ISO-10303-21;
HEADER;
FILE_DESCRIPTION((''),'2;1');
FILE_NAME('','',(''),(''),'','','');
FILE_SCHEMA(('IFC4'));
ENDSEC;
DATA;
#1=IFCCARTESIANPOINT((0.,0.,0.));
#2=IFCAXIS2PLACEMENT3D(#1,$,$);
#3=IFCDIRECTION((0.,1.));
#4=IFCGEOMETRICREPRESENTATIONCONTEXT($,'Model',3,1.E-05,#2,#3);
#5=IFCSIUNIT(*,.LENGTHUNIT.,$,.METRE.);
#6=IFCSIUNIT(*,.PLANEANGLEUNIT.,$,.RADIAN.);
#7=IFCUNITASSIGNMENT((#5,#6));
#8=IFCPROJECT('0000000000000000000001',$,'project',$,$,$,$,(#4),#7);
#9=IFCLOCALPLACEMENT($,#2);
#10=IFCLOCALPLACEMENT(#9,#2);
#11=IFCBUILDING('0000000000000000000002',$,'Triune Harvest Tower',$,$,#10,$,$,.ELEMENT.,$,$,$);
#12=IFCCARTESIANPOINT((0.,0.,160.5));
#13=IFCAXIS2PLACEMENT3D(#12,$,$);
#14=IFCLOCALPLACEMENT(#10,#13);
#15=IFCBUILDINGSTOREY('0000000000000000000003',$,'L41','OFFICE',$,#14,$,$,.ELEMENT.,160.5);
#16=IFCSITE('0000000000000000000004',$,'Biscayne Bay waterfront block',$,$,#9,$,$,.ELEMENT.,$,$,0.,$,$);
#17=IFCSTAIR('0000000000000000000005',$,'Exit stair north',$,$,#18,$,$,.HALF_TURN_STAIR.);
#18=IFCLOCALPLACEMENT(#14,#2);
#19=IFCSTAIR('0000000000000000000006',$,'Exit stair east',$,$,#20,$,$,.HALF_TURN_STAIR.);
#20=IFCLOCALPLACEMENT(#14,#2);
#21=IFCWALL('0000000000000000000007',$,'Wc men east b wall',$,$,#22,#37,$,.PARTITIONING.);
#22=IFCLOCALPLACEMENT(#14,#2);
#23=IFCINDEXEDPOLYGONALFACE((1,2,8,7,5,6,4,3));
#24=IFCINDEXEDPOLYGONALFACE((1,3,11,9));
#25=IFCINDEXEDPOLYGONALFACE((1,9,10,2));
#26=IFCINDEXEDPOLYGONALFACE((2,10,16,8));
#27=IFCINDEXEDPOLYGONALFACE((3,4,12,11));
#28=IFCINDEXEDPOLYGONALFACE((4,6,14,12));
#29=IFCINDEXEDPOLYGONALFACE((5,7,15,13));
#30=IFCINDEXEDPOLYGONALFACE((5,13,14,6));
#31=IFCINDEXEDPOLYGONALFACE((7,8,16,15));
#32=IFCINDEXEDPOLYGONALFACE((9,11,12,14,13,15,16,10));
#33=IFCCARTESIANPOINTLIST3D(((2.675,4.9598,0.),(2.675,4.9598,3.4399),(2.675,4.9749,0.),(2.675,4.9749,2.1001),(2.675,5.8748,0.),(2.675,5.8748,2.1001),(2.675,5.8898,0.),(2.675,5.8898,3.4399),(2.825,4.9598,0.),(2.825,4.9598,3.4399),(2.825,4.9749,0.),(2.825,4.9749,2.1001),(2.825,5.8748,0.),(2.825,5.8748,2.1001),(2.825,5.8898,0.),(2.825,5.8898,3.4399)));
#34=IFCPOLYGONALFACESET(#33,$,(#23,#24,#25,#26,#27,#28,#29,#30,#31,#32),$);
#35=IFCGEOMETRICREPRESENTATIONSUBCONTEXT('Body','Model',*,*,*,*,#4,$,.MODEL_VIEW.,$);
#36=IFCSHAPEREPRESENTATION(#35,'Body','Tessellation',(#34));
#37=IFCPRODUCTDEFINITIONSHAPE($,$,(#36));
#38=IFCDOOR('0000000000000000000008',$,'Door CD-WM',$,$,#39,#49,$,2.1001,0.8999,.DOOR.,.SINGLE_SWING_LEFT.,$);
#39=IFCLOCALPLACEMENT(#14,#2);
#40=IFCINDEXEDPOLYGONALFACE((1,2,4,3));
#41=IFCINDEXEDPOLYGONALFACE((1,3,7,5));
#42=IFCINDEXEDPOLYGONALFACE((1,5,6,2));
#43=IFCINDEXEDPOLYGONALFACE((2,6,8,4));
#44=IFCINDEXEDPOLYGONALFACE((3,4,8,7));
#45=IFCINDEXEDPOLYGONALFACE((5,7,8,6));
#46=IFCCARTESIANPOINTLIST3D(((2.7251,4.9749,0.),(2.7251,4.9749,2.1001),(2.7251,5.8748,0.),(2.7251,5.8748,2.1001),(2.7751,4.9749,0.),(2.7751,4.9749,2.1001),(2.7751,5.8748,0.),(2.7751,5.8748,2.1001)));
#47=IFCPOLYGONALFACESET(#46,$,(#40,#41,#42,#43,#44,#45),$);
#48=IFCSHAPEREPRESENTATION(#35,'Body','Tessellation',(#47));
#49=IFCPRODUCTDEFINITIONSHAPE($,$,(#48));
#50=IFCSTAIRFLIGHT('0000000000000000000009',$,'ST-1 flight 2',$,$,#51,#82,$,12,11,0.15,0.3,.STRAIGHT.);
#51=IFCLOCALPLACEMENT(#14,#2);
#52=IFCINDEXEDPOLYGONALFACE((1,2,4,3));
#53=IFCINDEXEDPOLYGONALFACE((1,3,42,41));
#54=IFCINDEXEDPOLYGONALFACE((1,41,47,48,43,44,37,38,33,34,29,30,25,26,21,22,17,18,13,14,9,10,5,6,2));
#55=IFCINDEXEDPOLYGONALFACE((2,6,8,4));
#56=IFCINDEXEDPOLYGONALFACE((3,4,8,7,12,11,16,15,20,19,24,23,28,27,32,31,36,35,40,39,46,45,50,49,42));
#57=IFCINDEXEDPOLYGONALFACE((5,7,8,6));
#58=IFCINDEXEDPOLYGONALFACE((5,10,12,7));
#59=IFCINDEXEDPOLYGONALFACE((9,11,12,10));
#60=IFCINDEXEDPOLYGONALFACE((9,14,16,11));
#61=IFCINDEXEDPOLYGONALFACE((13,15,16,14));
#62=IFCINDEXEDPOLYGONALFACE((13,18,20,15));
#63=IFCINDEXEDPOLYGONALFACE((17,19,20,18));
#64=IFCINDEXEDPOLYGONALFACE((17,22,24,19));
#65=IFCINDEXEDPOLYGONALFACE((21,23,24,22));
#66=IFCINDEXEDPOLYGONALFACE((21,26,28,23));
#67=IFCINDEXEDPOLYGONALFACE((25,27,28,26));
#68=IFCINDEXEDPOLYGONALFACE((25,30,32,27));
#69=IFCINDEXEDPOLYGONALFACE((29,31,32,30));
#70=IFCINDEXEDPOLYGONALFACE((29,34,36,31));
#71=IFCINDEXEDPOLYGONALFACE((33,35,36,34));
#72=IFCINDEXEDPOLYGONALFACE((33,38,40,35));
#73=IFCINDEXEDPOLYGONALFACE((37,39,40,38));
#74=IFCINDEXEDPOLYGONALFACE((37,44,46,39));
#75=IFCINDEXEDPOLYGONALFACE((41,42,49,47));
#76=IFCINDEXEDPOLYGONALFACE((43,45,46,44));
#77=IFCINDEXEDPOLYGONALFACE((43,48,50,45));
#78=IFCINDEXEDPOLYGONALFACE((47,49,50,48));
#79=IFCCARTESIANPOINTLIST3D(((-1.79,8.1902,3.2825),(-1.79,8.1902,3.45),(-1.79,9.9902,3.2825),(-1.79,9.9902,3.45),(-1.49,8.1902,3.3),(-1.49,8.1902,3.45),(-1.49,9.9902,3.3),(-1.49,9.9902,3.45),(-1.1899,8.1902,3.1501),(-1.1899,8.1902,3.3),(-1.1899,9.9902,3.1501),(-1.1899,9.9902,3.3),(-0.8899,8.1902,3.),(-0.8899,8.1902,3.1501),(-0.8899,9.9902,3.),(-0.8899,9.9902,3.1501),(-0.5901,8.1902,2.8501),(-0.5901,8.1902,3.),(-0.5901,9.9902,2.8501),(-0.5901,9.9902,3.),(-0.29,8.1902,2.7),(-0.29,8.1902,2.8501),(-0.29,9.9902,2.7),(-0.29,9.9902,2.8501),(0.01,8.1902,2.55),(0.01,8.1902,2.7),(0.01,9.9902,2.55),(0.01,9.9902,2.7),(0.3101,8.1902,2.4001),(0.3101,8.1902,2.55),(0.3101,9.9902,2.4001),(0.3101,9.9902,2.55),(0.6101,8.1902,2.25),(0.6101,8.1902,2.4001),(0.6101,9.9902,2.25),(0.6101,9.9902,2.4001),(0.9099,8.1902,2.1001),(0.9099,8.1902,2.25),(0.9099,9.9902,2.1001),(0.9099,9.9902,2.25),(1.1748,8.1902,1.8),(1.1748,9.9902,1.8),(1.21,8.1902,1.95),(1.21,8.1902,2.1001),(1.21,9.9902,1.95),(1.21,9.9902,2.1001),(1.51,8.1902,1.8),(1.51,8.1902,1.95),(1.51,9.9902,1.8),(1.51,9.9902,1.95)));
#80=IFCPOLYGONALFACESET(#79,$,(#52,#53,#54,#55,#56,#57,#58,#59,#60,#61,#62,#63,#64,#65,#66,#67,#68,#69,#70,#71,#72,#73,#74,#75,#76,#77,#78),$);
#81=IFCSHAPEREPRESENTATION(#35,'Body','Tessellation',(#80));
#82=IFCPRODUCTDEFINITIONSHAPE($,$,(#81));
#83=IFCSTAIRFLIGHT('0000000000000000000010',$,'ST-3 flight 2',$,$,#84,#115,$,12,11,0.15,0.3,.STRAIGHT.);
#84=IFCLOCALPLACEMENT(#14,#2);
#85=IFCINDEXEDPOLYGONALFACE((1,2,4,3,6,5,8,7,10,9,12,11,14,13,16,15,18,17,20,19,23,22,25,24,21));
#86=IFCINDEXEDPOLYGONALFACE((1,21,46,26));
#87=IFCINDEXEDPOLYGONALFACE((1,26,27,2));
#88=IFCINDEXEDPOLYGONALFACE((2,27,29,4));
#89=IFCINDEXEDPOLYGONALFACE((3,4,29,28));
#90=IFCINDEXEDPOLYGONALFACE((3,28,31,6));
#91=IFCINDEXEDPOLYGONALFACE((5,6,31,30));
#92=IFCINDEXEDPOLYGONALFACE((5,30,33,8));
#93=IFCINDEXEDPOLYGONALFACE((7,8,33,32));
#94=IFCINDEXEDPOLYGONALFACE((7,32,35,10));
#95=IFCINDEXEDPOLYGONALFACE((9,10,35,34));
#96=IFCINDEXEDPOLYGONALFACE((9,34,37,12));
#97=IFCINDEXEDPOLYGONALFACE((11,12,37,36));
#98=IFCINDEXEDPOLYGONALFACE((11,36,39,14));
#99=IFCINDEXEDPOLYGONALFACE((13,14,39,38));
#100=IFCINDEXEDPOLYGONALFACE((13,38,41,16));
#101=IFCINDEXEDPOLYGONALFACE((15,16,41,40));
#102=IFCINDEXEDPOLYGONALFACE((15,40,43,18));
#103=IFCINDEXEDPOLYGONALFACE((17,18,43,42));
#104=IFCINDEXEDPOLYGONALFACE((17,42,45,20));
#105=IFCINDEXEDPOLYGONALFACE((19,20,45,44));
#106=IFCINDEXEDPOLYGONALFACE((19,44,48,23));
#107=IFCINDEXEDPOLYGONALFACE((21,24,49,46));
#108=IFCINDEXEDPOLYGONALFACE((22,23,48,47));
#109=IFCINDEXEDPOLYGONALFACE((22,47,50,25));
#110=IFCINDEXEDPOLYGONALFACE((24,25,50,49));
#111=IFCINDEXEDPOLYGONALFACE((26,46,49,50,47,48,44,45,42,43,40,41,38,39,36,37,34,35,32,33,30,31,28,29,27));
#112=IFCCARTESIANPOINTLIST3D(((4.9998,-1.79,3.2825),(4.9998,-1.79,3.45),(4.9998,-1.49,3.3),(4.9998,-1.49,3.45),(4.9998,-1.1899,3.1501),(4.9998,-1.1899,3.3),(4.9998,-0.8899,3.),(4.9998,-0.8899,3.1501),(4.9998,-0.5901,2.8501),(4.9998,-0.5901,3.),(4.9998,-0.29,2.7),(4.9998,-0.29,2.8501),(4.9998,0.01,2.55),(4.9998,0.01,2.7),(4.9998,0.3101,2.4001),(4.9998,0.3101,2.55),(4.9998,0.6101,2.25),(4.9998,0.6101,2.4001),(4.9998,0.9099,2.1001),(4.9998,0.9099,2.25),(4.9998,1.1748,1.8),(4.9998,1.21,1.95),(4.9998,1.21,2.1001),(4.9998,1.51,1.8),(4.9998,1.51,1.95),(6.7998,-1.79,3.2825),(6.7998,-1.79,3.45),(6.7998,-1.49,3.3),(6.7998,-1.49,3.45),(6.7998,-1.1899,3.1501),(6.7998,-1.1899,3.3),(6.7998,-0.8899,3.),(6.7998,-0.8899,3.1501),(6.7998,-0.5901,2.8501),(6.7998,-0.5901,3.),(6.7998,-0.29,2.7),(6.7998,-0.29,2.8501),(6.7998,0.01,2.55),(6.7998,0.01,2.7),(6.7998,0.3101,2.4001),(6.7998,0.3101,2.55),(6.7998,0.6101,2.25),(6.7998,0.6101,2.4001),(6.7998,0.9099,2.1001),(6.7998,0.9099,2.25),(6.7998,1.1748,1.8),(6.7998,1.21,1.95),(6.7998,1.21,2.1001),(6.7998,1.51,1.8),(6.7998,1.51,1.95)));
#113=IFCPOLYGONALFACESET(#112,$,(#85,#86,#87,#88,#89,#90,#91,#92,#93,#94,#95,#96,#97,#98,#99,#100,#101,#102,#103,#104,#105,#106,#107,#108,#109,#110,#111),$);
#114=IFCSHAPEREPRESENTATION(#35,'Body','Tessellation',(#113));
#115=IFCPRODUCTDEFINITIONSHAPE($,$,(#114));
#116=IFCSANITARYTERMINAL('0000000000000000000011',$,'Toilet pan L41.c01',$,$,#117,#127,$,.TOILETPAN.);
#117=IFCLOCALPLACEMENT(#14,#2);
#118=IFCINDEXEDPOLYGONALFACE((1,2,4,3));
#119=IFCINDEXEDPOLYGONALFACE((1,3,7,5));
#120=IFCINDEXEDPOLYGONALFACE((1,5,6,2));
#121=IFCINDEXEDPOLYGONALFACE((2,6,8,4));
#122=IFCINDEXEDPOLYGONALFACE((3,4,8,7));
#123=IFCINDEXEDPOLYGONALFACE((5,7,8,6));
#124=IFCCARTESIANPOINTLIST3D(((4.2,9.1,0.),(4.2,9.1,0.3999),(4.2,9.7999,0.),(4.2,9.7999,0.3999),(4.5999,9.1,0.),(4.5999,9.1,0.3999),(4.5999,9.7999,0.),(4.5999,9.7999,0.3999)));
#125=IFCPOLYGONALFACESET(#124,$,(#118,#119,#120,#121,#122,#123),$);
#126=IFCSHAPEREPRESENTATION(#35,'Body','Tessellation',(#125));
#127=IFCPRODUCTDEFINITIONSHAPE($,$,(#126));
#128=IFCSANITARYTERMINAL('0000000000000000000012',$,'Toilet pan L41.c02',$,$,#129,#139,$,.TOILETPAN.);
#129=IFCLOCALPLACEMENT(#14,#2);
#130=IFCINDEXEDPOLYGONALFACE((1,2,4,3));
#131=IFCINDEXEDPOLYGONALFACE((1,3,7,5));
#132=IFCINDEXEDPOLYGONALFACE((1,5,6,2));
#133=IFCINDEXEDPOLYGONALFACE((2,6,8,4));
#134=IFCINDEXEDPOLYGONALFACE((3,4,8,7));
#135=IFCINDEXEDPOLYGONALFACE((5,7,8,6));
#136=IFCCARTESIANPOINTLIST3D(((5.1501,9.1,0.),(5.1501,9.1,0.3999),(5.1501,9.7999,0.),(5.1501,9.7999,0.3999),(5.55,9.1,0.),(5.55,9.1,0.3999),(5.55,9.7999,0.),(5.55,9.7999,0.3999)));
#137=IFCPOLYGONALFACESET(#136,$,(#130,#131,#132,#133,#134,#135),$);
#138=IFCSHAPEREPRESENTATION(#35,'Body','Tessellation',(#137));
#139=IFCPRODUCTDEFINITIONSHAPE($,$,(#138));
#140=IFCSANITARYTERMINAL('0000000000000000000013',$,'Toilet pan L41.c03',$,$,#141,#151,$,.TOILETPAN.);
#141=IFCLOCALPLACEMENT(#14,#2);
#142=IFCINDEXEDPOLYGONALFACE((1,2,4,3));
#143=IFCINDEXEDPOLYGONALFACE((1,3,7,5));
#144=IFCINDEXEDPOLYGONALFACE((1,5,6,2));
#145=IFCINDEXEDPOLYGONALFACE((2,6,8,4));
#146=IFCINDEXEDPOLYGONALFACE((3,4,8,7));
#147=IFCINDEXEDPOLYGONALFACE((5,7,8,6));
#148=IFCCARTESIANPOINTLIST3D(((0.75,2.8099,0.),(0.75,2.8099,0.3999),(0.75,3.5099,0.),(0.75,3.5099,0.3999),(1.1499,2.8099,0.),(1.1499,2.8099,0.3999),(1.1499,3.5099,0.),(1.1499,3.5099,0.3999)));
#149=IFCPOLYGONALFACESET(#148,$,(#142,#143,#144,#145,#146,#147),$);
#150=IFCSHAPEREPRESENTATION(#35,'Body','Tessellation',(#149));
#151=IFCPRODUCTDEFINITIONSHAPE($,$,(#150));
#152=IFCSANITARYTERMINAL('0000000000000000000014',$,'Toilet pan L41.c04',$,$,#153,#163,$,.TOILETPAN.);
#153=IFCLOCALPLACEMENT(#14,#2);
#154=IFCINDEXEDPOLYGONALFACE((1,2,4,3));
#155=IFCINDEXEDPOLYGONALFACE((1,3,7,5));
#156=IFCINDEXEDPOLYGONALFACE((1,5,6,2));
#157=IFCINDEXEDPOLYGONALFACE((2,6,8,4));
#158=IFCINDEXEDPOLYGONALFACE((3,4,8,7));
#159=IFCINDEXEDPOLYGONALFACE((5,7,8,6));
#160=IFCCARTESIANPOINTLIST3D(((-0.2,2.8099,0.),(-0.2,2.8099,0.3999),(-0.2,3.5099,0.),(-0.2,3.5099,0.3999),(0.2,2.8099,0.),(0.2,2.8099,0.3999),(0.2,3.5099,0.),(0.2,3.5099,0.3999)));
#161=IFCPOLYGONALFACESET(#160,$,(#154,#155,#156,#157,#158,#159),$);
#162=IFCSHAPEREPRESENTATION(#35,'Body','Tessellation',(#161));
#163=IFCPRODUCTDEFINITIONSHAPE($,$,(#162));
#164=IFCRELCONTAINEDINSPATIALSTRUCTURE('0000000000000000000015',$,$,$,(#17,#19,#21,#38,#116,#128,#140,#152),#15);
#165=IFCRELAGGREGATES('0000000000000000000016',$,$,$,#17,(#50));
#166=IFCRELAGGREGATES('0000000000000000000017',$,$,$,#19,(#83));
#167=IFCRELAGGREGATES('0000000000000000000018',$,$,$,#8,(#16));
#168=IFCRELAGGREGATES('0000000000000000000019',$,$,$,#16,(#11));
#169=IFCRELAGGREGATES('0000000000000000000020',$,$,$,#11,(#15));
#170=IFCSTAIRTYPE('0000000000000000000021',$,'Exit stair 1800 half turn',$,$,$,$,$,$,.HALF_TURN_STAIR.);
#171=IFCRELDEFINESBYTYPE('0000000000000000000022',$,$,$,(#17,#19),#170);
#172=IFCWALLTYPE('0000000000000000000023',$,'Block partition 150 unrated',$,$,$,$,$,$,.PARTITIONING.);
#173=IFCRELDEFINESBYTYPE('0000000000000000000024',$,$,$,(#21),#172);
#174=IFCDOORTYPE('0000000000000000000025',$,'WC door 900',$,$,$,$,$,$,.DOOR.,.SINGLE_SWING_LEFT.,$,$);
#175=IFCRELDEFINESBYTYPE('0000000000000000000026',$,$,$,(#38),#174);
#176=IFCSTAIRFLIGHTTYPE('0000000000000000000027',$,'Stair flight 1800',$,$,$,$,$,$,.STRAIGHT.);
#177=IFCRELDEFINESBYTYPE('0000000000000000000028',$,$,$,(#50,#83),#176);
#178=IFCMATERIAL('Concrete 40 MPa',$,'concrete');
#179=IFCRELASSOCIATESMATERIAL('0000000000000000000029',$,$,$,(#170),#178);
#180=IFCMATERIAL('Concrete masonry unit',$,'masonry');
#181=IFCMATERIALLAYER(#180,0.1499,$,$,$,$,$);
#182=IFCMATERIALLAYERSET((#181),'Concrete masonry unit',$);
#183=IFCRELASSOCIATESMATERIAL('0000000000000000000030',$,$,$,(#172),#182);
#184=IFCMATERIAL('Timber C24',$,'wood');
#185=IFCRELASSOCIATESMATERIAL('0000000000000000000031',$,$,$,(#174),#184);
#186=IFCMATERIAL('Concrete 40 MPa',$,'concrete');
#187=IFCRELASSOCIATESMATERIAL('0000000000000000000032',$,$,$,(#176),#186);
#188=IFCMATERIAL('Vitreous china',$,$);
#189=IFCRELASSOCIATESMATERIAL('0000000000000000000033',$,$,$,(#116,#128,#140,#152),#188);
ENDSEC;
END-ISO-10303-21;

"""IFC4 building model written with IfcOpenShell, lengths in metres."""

from ifc_helpers import new_model, si_unit, direction, frame, frame_2d, origin, origin_2d, place, context, subcontext, project, spatial, polyline, rectangle, outline, extrude, source, transform, mapped, material, layer, layer_set, type_object, element, fill, aggregate, save


model = new_model("IFC4")

# Units and contexts
model_context = context("Model", 3, precision=1e-05, world=origin(), true_north=direction((0.0, 1.0)))
body_context = subcontext(model_context, "Body", "Model", "MODEL_VIEW")
ifc_project = project(units=[si_unit("LENGTHUNIT", "METRE"), si_unit("PLANEANGLEUNIT", "RADIAN")], contexts=[model_context])

# Site, building, storey
site_placement = place(None, origin())
site = spatial("IfcSite", under=ifc_project, at=site_placement, Name="Biscayne Bay waterfront block", CompositionType="ELEMENT", RefElevation=0.0)
building_placement = place(site_placement, origin())
building = spatial("IfcBuilding", under=site, at=building_placement, Name="Triune Harvest Tower", CompositionType="ELEMENT")
storey_placement = place(building_placement, frame((0.0, 0.0, 160.5)))
storey = spatial("IfcBuildingStorey", under=building, at=storey_placement, Name="L41", Description="OFFICE", CompositionType="ELEMENT", Elevation=160.5)

# Stairs
ifc_material_1 = material(Name="Concrete 40 MPa", Category="concrete")
stair_type = type_object("IfcStairType", Name="Exit stair 1800 half turn", PredefinedType="HALF_TURN_STAIR", material=ifc_material_1)
stair_1_placement = place(storey_placement, origin())
stair_1 = element("IfcStair", 1, at=stair_1_placement, inside=storey, type_object=stair_type, Name="Exit stair north", PredefinedType="HALF_TURN_STAIR")
stair_2_placement = place(storey_placement, origin())
stair_2 = element("IfcStair", 2, at=stair_2_placement, inside=storey, type_object=stair_type, Name="Exit stair east", PredefinedType="HALF_TURN_STAIR")

# Wall, opening, door
ifc_material_2 = material(Name="Concrete masonry unit", Category="masonry")
ifc_layer_1 = layer(ifc_material_2, 0.1499)
ifc_layer_set_1 = layer_set([ifc_layer_1], Name="Concrete masonry unit")
wall_type_1 = type_object("IfcWallType", Name="Block partition 150 unrated", PredefinedType="PARTITIONING", material=ifc_layer_set_1)
ifc_material_3 = material(Name="Timber C24", Category="wood")
door_type_1 = type_object("IfcDoorType", Name="WC door 900", OperationType="SINGLE_SWING_LEFT", PredefinedType="DOOR", material=ifc_material_3)
shared_shape_1 = source(origin(), body_context, "Body", "SweptSolid", [
    extrude(rectangle(XDim=0.9299, YDim=0.1499, at=frame_2d((0.4648, 0.0))), origin(), (0.0, 0.0, 1.0), 3.4399),
])
wall_1_placement = place(storey_placement, frame((2.75, 4.96, 0.0), z_axis=(0.0, 0.0, 1.0), x_axis=(0.0, 1.0, 0.0)))
wall_1 = element("IfcWall", 3, at=wall_1_placement, inside=storey, type_object=wall_type_1, Name="Wc men east b wall", PredefinedType="PARTITIONING", context=body_context, shape_type="MappedRepresentation", body=[
    mapped(shared_shape_1, transform((0.0, 0.0, 0.0), scale=1.0)),
])
opening_1_placement = place(wall_1_placement, frame((0.0149, 0.0, 0.0)))
opening_1 = element("IfcOpeningElement", 4, at=opening_1_placement, cuts=wall_1, PredefinedType="OPENING", context=body_context, shape_type="SweptSolid", body=[
    extrude(rectangle(XDim=0.8999, YDim=2.1001, at=frame_2d((0.45, 1.05))), frame((0.0, 0.085, 0.0), z_axis=(0.0, -1.0, 0.0), x_axis=(1.0, 0.0, 0.0)), (0.0, 0.0, 1.0), 0.1699),
])
door_1_placement = place(opening_1_placement, origin())
door_1 = element("IfcDoor", 5, at=door_1_placement, inside=storey, type_object=door_type_1, Name="Door CD-WM", OperationType="SINGLE_SWING_LEFT", OverallHeight=2.1001, OverallWidth=0.8999, PredefinedType="DOOR", context=body_context, shape_type="SweptSolid", body=[
    extrude(rectangle(XDim=0.8999, YDim=2.1001, at=frame_2d((0.45, 1.05))), frame((0.0, 0.0249, 0.0), z_axis=(0.0, -1.0, 0.0), x_axis=(1.0, 0.0, 0.0)), (0.0, 0.0, 1.0), 0.05),
])
fill(opening_1, door_1)

# Stair flights
ifc_material_4 = material(Name="Concrete 40 MPa", Category="concrete")
stair_flight_type = type_object("IfcStairFlightType", Name="Stair flight 1800", PredefinedType="STRAIGHT", material=ifc_material_4)
shared_shape_2 = source(origin(), body_context, "Body", "SweptSolid", [
    extrude(outline(polyline([(0.0, 0.0), (0.0, 0.1499), (0.3, 0.1499), (0.3, 0.3), (0.6001, 0.3), (0.6001, 0.45), (0.8999, 0.45), (0.8999, 0.6001), (1.2, 0.6001), (1.2, 0.75), (1.5, 0.75), (1.5, 0.8999), (1.8, 0.8999), (1.8, 1.05), (2.1001, 1.05), (2.1001, 1.2), (2.3999, 1.2), (2.3999, 1.3501), (2.7, 1.3501), (2.7, 1.5), (3.0, 1.5), (3.0, 1.6499), (3.3, 1.6499), (3.3, 1.8), (3.3, 1.4824), (0.3352, 0.0), (0.0, 0.0)])), frame((0.0, 0.8999, 0.0), z_axis=(0.0, -1.0, 0.0), x_axis=(1.0, 0.0, 0.0)), (0.0, 0.0, 1.0), 1.8),
])
stair_flight_1_placement = place(storey_placement, frame((1.51, 9.0901, 1.8), z_axis=(0.0, 0.0, 1.0), x_axis=(-1.0, 0.0, 0.0)))
stair_flight_1 = element("IfcStairFlight", 6, at=stair_flight_1_placement, type_object=stair_flight_type, Name="ST-1 flight 2", NumberOfRisers=12, NumberOfTreads=11, PredefinedType="STRAIGHT", RiserHeight=0.15, TreadLength=0.3, context=body_context, shape_type="MappedRepresentation", body=[
    mapped(shared_shape_2, transform((0.0, 0.0, 0.0), scale=1.0)),
])
aggregate(stair_1, [stair_flight_1])
stair_flight_2_placement = place(storey_placement, frame((5.8999, 1.51, 1.8), z_axis=(0.0, 0.0, 1.0), x_axis=(0.0, -1.0, 0.0)))
stair_flight_2 = element("IfcStairFlight", 7, at=stair_flight_2_placement, type_object=stair_flight_type, Name="ST-3 flight 2", NumberOfRisers=12, NumberOfTreads=11, PredefinedType="STRAIGHT", RiserHeight=0.15, TreadLength=0.3, context=body_context, shape_type="MappedRepresentation", body=[
    mapped(shared_shape_2, transform((0.0, 0.0, 0.0), scale=1.0)),
])
aggregate(stair_2, [stair_flight_2])

# Sanitary terminals
ifc_material_5 = material(Name="Vitreous china")
shared_shape_3 = source(origin(), body_context, "Body", "SweptSolid", [
    extrude(rectangle(XDim=0.3999, YDim=0.7, at=origin_2d()), origin(), (0.0, 0.0, 1.0), 0.3999),
])
for number, where, z_axis, x_axis, name in (
    (8, (4.3999, 9.45, 0.0), (0.0, 0.0, 1.0), (1.0, 0.0, 0.0), "Toilet pan L41.c01"),
    (9, (5.3501, 9.45, 0.0), (0.0, 0.0, 1.0), (1.0, 0.0, 0.0), "Toilet pan L41.c02"),
    (10, (0.95, 3.1599, 0.0), (0.0, 0.0, 1.0), (-1.0, 0.0, 0.0), "Toilet pan L41.c03"),
    (11, (0.0, 3.1599, 0.0), (0.0, 0.0, 1.0), (-1.0, 0.0, 0.0), "Toilet pan L41.c04"),
):
    element("IfcSanitaryTerminal", number, at=place(storey_placement, frame(where, z_axis=z_axis, x_axis=x_axis)), inside=storey, material=ifc_material_5, Name=name, PredefinedType="TOILETPAN", context=body_context, shape_type="MappedRepresentation", body=[
        mapped(shared_shape_3, transform((0.0, 0.0, 0.0), scale=1.0)),
    ])

save(model, "model.ifc")
